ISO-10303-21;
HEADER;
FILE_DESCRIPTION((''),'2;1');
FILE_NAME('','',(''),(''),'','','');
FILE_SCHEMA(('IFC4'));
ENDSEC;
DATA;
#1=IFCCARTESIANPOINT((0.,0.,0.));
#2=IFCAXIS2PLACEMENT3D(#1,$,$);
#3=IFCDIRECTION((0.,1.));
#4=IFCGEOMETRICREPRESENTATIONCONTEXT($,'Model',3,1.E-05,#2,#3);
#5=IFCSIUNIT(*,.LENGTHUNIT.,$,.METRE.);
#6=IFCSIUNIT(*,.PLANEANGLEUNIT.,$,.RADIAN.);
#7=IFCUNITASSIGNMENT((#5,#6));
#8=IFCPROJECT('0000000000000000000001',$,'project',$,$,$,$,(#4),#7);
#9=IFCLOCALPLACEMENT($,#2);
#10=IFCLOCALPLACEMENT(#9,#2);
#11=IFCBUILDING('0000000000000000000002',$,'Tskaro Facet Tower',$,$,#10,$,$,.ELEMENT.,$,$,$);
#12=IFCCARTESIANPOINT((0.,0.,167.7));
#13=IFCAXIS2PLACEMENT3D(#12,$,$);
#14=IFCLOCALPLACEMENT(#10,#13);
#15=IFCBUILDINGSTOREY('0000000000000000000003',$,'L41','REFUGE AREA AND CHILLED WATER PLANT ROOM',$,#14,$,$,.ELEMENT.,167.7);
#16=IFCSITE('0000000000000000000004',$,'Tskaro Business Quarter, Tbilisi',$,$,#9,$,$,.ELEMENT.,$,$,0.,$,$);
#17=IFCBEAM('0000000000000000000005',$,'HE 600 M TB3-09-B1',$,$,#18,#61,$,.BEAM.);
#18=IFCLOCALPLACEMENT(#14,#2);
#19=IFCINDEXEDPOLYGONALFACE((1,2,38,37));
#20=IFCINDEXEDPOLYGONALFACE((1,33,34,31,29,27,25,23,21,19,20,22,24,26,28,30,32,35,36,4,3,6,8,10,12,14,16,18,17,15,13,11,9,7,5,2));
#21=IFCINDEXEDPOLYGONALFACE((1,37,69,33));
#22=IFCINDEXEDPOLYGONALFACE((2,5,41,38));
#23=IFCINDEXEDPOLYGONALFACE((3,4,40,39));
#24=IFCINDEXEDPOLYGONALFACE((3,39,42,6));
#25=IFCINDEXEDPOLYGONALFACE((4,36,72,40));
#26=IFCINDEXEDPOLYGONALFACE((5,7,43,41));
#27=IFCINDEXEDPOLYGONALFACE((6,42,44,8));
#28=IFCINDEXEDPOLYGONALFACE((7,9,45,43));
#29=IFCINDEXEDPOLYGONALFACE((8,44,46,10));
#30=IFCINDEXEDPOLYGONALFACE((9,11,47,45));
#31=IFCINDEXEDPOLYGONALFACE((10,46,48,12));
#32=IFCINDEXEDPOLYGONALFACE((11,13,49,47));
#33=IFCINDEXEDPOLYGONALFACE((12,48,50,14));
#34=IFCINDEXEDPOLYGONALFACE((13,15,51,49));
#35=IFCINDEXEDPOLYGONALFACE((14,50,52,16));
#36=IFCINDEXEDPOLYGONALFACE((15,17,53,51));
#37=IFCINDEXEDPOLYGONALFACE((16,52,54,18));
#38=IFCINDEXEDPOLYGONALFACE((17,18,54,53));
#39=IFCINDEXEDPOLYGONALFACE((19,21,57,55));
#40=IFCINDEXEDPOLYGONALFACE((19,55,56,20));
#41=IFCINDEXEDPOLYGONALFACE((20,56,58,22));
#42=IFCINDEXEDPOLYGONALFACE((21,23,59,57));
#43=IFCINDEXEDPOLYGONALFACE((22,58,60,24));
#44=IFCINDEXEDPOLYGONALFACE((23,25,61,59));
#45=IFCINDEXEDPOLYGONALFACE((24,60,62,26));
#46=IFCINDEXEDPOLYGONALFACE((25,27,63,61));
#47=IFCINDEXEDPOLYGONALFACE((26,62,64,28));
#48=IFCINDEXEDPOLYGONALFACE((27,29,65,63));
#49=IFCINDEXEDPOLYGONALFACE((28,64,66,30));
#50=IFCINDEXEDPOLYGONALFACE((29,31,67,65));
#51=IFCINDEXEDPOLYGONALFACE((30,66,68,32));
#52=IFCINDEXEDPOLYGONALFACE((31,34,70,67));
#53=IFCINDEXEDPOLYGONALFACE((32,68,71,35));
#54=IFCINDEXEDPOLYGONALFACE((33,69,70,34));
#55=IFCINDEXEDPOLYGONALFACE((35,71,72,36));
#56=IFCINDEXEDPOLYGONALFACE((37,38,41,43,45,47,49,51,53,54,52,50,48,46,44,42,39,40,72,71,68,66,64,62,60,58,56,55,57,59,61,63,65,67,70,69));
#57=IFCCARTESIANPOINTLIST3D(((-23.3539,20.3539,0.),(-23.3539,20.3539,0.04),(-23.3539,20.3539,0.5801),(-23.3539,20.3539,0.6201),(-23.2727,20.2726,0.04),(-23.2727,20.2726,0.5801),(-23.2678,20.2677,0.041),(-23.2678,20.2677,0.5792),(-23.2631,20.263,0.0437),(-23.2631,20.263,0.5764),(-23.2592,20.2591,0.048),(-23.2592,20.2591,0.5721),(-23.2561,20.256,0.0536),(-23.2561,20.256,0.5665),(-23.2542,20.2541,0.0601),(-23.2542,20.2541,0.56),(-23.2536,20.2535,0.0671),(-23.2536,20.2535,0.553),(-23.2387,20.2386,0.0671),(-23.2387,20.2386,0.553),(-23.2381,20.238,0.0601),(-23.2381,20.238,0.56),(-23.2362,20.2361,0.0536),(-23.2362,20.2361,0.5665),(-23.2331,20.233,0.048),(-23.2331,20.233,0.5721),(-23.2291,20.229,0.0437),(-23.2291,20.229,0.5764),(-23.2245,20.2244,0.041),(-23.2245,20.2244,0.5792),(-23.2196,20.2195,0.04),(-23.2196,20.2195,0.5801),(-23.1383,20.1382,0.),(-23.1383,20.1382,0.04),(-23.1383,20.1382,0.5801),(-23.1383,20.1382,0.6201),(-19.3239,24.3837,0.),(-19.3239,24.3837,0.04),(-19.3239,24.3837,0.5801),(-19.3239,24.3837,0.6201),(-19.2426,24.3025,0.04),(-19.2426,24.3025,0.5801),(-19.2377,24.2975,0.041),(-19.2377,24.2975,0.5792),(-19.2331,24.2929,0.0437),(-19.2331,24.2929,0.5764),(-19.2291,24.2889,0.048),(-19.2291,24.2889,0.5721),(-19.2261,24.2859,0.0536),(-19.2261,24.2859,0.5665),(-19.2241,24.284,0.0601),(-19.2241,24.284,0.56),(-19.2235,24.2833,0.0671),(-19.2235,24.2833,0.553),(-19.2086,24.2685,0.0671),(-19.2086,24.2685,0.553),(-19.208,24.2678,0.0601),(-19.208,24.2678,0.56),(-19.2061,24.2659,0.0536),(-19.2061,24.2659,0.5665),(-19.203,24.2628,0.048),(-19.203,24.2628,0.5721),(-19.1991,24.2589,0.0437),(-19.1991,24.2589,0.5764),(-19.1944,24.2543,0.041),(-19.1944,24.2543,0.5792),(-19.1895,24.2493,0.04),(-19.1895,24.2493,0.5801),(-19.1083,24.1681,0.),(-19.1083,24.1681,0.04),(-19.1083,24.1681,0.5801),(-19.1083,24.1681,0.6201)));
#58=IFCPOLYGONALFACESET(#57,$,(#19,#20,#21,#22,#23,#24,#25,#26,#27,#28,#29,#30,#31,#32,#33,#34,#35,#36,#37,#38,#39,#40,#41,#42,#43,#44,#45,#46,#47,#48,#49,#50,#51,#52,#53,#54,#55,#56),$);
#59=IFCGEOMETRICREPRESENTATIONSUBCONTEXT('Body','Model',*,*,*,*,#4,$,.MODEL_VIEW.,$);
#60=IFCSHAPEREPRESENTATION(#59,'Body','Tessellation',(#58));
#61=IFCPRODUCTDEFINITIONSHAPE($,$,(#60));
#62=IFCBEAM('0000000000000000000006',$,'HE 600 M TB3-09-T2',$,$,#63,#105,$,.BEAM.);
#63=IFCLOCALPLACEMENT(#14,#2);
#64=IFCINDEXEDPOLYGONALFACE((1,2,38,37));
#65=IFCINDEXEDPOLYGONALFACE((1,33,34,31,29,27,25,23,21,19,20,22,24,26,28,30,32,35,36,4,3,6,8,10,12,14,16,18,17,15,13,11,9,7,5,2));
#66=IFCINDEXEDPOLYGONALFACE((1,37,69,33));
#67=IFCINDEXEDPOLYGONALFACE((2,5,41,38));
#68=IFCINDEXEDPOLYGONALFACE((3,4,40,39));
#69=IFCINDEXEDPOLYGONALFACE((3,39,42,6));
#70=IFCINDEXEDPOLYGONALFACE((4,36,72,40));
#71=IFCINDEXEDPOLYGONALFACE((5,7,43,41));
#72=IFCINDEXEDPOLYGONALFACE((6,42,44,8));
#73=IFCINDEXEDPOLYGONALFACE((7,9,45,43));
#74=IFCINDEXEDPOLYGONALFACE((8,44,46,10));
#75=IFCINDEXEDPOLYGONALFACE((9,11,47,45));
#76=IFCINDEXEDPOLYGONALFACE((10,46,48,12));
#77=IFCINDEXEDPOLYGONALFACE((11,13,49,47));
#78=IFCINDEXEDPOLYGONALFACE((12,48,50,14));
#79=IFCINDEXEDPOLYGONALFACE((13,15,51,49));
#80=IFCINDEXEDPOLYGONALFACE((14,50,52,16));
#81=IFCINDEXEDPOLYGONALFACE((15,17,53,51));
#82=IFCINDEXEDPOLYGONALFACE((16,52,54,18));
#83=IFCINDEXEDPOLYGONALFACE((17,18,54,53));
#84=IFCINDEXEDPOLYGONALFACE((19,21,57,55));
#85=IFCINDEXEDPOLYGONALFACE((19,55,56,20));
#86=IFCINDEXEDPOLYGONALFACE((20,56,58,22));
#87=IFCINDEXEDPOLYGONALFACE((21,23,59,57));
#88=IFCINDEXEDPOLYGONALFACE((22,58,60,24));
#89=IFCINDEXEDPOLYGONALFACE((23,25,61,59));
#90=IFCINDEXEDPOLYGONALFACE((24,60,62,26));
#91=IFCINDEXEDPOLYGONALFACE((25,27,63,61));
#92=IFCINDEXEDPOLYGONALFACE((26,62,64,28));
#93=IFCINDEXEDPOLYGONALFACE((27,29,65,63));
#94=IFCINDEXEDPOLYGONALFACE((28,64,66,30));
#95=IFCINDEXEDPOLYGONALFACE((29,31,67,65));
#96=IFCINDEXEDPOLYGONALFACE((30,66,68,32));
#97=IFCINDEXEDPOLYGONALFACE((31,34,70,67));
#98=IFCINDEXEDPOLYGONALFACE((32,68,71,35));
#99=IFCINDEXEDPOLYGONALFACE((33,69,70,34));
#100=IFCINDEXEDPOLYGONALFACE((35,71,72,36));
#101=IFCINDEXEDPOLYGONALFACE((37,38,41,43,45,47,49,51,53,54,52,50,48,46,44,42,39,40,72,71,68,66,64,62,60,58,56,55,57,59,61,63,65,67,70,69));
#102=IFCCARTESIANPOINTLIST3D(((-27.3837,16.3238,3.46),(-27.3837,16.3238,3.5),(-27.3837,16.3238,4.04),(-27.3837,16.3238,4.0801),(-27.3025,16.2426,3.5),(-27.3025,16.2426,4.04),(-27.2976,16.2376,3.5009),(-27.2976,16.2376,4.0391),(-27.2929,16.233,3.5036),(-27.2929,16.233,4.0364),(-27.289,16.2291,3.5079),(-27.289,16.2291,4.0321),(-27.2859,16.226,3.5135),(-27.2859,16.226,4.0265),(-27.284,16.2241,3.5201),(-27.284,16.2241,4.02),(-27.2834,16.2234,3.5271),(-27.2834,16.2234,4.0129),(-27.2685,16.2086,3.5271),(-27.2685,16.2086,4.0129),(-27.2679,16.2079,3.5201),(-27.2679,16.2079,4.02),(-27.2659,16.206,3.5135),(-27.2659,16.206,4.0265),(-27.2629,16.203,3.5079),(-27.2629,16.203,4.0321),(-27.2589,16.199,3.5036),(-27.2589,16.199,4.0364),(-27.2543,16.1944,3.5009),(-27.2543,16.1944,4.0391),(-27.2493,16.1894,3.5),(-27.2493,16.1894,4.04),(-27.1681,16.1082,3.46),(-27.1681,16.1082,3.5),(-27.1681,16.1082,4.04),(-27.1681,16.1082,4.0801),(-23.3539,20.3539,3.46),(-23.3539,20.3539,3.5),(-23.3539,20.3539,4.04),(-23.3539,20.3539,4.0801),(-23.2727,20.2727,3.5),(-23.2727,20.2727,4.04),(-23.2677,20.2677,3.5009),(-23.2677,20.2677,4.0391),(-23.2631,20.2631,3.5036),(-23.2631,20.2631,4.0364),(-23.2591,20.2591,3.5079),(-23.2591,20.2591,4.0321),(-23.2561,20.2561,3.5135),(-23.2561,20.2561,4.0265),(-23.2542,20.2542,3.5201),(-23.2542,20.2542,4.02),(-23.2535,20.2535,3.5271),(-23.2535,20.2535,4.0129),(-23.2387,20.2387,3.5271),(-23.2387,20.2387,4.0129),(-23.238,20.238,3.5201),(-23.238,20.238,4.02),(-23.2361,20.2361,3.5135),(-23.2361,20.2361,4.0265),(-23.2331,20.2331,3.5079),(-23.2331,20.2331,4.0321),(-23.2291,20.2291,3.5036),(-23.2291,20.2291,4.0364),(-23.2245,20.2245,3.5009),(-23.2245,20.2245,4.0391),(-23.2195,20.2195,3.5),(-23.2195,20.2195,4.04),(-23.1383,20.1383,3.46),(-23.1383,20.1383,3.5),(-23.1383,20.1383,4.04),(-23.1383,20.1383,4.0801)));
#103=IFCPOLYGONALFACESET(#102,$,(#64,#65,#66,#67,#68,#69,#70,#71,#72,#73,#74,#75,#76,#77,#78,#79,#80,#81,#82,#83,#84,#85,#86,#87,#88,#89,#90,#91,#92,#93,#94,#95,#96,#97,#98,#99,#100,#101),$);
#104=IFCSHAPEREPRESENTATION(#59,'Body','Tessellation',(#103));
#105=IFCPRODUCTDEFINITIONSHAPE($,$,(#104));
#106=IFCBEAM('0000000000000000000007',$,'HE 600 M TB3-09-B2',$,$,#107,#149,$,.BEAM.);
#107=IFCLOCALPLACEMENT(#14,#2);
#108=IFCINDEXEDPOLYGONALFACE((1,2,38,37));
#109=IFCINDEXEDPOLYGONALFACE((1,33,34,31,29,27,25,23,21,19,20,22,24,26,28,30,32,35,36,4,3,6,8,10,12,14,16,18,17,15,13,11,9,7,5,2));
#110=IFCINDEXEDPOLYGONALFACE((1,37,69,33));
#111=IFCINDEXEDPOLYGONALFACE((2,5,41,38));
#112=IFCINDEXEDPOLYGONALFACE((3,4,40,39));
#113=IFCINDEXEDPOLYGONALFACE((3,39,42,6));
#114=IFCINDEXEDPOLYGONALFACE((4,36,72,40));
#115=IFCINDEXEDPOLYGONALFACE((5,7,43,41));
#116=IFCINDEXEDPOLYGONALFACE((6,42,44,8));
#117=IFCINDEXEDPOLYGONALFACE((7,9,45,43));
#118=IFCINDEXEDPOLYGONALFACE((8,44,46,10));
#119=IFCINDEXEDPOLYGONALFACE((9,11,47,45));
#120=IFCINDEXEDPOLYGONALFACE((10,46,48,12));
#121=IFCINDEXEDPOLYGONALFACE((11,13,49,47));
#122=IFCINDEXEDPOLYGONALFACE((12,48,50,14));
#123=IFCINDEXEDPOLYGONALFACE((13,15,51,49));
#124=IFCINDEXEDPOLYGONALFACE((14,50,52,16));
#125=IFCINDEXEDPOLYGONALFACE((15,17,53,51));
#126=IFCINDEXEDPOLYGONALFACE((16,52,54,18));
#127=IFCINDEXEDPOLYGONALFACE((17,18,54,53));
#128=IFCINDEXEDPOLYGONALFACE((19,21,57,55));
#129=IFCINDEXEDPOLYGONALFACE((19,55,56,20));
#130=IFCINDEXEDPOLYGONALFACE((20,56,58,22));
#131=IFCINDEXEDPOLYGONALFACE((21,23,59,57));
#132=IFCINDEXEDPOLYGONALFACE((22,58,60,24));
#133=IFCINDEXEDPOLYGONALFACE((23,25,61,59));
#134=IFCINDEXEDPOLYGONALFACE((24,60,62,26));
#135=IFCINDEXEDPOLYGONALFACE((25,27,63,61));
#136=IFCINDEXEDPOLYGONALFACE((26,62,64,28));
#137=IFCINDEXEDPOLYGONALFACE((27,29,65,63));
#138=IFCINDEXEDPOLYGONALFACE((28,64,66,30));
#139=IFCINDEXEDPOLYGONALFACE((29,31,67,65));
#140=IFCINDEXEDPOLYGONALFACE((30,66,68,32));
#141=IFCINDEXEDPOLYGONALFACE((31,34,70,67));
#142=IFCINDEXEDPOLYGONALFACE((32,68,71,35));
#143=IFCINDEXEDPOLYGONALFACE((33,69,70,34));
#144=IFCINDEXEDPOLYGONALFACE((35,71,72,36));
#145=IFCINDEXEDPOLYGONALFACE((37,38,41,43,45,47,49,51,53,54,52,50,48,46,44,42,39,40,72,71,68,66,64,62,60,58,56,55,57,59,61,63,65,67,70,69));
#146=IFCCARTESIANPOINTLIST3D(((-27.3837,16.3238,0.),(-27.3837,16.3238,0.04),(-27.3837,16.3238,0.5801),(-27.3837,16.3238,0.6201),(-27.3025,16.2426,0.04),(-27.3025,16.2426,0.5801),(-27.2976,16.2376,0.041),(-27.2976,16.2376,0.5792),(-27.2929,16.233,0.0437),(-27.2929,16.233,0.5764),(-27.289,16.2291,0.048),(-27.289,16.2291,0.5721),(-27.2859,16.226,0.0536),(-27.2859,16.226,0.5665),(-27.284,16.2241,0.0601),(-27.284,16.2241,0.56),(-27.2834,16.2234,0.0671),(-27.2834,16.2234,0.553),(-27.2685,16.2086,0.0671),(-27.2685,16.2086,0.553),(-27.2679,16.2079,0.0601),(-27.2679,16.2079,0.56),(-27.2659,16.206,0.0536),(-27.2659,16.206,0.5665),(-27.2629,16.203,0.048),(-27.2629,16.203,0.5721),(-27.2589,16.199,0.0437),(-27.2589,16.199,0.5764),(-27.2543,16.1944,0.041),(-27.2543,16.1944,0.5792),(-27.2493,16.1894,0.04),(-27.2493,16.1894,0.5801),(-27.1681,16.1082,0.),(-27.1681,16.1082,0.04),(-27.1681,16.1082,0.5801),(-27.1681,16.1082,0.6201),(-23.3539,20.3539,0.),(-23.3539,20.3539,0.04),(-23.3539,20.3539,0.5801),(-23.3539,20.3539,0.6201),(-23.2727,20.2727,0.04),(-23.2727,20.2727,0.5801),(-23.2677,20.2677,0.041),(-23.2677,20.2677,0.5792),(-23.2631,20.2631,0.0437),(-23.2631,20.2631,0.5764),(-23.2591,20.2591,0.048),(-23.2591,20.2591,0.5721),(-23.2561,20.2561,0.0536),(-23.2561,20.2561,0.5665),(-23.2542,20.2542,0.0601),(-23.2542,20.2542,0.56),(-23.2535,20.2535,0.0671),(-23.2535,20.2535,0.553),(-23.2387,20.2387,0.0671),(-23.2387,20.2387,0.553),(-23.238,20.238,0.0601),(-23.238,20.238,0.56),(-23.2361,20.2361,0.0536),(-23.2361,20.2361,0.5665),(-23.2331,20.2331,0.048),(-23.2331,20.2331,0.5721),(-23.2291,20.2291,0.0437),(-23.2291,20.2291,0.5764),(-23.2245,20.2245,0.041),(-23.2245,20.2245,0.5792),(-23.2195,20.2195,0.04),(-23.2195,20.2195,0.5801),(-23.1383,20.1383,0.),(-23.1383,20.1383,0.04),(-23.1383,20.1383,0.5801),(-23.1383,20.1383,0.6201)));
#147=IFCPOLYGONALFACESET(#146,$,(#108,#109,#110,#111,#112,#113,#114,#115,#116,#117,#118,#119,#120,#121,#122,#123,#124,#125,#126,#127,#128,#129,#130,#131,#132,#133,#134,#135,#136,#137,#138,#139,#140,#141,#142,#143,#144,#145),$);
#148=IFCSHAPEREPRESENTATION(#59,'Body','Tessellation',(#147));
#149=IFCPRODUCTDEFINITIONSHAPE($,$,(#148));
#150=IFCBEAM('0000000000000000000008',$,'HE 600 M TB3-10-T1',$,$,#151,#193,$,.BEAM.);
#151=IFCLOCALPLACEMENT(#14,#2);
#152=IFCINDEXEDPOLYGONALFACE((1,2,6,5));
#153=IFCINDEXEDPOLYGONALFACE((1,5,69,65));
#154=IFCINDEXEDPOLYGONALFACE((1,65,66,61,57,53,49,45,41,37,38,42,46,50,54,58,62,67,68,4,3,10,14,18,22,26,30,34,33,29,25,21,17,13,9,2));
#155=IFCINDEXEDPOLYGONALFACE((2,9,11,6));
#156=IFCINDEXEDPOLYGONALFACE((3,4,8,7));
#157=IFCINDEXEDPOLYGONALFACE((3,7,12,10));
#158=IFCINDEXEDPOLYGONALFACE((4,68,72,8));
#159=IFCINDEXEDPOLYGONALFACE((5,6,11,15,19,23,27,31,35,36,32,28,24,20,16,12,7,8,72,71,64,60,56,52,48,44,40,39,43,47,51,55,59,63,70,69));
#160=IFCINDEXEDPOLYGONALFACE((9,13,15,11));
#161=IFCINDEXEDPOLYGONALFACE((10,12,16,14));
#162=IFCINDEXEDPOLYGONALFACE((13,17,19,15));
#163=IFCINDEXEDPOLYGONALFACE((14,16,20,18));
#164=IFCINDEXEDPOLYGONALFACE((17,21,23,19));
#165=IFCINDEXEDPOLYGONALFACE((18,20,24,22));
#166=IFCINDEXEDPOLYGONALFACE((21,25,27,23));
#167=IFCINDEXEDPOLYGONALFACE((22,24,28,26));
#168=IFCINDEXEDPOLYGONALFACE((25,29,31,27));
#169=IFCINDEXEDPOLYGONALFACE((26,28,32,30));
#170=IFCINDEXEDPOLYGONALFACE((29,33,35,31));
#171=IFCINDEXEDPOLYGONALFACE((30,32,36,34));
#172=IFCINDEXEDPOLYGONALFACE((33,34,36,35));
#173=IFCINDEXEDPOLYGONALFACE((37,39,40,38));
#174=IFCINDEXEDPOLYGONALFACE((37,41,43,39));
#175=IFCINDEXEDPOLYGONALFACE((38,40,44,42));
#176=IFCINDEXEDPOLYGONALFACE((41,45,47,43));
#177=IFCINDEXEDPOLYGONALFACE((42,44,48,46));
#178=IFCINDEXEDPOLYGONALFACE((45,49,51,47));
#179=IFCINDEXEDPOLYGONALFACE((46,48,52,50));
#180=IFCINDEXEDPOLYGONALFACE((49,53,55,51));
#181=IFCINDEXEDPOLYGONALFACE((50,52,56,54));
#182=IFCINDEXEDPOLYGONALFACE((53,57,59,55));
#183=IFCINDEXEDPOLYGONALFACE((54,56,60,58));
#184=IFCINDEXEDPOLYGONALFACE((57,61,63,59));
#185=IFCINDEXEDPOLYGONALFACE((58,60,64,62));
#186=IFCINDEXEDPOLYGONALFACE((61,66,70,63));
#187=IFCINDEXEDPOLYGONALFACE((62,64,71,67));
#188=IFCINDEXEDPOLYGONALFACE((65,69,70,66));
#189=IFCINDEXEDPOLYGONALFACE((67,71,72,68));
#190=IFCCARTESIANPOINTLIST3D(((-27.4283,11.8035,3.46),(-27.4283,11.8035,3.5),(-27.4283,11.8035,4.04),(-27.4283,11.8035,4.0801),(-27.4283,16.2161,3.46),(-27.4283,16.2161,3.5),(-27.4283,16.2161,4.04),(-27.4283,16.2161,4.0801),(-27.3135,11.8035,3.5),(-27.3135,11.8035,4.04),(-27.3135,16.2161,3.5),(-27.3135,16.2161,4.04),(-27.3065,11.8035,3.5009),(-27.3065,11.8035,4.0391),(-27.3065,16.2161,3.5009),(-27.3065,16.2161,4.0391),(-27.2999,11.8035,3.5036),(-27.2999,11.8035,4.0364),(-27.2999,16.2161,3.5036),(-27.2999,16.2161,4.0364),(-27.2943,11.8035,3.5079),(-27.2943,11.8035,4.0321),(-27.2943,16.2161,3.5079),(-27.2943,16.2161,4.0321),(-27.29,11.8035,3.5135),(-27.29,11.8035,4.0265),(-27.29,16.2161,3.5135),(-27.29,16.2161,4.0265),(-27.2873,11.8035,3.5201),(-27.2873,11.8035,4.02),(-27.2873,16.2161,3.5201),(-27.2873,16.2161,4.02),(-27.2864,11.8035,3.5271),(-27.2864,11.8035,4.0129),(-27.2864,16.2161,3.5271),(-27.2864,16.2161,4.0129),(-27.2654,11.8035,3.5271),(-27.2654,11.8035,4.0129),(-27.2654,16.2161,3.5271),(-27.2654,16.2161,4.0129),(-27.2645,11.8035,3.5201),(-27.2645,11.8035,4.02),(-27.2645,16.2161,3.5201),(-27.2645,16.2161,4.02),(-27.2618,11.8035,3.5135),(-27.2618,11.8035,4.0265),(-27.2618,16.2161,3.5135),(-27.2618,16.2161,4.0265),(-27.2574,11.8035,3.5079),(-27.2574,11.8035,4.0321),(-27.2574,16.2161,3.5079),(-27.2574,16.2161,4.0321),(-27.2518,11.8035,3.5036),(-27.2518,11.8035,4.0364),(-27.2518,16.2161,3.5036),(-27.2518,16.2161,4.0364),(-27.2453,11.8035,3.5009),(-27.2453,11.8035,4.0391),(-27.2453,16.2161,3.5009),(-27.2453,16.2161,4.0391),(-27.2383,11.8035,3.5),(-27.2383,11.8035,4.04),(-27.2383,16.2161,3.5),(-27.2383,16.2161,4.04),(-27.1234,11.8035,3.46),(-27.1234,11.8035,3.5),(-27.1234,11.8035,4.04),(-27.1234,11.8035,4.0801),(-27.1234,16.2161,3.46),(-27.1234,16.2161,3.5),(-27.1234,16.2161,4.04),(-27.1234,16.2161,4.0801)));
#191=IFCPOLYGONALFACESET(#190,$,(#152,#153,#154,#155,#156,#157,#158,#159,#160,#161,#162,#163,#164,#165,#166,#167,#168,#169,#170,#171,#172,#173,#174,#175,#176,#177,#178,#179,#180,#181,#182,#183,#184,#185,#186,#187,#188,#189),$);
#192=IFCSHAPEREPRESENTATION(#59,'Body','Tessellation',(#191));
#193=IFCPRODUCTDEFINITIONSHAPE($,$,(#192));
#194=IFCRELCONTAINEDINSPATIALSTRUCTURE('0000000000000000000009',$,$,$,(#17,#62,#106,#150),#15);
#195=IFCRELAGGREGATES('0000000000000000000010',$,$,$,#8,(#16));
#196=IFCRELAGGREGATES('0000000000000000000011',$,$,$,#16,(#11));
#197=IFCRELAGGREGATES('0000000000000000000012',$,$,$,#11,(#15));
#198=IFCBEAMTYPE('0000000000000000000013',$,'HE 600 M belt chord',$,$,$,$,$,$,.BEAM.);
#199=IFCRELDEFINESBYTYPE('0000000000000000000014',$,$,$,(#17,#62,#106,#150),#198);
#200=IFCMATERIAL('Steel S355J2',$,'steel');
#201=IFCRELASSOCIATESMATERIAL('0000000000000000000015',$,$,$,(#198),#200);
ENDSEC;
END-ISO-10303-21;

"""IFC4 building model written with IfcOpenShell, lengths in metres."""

from ifc_helpers import new_model, si_unit, direction, frame, origin, origin_2d, place, context, subcontext, project, spatial, i_section, extrude, material, material_profile, profile_set, type_object, element, save


model = new_model("IFC4")

# Units and contexts
model_context = context("Model", 3, precision=1e-05, world=origin(), true_north=direction((0.0, 1.0)))
body_context = subcontext(model_context, "Body", "Model", "MODEL_VIEW")
ifc_project = project(units=[si_unit("LENGTHUNIT", "METRE"), si_unit("PLANEANGLEUNIT", "RADIAN")], contexts=[model_context])

# Site, building, storey
site_placement = place(None, origin())
site = spatial("IfcSite", under=ifc_project, at=site_placement, Name="Tskaro Business Quarter, Tbilisi", CompositionType="ELEMENT", RefElevation=0.0)
building_placement = place(site_placement, origin())
building = spatial("IfcBuilding", under=site, at=building_placement, Name="Tskaro Facet Tower", CompositionType="ELEMENT")
storey_placement = place(building_placement, frame((0.0, 0.0, 167.7)))
storey = spatial("IfcBuildingStorey", under=building, at=storey_placement, Name="L41", Description="REFUGE AREA AND CHILLED WATER PLANT ROOM", CompositionType="ELEMENT", Elevation=167.7)

# Shared definitions
ifc_material_1 = material(Name="Steel S355J2", Category="steel")

# Beams
ifc_material_profile_1 = material_profile(ifc_material_1, i_section(OverallWidth=0.3049, OverallDepth=0.6201, WebThickness=0.021, FlangeThickness=0.04, FilletRadius=0.0271, at=origin_2d()), Name="HE 600 M")
ifc_profile_set_1 = profile_set([ifc_material_profile_1], Name="Steel S355J2")
beam_type_1 = type_object("IfcBeamType", Name="HE 600 M belt chord", PredefinedType="BEAM", material=ifc_profile_set_1)
for number, where, z_axis, x_axis, name in (
    (1, (-19.2161, 24.2759, 0.3101), (-0.707128, -0.707085, 0.0), (0.707085, -0.707128, 0.0), "HE 600 M TB3-09-B1"),
    (2, (-23.2461, 20.2461, 3.77), (-0.707085, -0.707128, 0.0), (0.707128, -0.707085, 0.0), "HE 600 M TB3-09-T2"),
    (3, (-23.2461, 20.2461, 0.3101), (-0.707085, -0.707128, 0.0), (0.707128, -0.707085, 0.0), "HE 600 M TB3-09-B2"),
):
    element("IfcBeam", number, at=place(storey_placement, frame(where, z_axis=z_axis, x_axis=x_axis)), inside=storey, type_object=beam_type_1, Name=name, PredefinedType="BEAM", context=body_context, shape_type="SweptSolid", body=[
        extrude(i_section(OverallWidth=0.3049, OverallDepth=0.6201, WebThickness=0.021, FlangeThickness=0.04, FilletRadius=0.0271, at=origin_2d()), origin(), (0.0, 0.0, 1.0), 5.6992),
    ])
for number, where, z_axis, x_axis, name in (
    (4, (-27.2759, 16.2161, 3.77), (0.0, -1.0, 0.0), (1.0, 0.0, 0.0), "HE 600 M TB3-10-T1"),
):
    element("IfcBeam", number, at=place(storey_placement, frame(where, z_axis=z_axis, x_axis=x_axis)), inside=storey, type_object=beam_type_1, Name=name, PredefinedType="BEAM", context=body_context, shape_type="SweptSolid", body=[
        extrude(i_section(OverallWidth=0.3049, OverallDepth=0.6201, WebThickness=0.021, FlangeThickness=0.04, FilletRadius=0.0271, at=origin_2d()), origin(), (0.0, 0.0, 1.0), 4.4126),
    ])

save(model, "model.ifc")
